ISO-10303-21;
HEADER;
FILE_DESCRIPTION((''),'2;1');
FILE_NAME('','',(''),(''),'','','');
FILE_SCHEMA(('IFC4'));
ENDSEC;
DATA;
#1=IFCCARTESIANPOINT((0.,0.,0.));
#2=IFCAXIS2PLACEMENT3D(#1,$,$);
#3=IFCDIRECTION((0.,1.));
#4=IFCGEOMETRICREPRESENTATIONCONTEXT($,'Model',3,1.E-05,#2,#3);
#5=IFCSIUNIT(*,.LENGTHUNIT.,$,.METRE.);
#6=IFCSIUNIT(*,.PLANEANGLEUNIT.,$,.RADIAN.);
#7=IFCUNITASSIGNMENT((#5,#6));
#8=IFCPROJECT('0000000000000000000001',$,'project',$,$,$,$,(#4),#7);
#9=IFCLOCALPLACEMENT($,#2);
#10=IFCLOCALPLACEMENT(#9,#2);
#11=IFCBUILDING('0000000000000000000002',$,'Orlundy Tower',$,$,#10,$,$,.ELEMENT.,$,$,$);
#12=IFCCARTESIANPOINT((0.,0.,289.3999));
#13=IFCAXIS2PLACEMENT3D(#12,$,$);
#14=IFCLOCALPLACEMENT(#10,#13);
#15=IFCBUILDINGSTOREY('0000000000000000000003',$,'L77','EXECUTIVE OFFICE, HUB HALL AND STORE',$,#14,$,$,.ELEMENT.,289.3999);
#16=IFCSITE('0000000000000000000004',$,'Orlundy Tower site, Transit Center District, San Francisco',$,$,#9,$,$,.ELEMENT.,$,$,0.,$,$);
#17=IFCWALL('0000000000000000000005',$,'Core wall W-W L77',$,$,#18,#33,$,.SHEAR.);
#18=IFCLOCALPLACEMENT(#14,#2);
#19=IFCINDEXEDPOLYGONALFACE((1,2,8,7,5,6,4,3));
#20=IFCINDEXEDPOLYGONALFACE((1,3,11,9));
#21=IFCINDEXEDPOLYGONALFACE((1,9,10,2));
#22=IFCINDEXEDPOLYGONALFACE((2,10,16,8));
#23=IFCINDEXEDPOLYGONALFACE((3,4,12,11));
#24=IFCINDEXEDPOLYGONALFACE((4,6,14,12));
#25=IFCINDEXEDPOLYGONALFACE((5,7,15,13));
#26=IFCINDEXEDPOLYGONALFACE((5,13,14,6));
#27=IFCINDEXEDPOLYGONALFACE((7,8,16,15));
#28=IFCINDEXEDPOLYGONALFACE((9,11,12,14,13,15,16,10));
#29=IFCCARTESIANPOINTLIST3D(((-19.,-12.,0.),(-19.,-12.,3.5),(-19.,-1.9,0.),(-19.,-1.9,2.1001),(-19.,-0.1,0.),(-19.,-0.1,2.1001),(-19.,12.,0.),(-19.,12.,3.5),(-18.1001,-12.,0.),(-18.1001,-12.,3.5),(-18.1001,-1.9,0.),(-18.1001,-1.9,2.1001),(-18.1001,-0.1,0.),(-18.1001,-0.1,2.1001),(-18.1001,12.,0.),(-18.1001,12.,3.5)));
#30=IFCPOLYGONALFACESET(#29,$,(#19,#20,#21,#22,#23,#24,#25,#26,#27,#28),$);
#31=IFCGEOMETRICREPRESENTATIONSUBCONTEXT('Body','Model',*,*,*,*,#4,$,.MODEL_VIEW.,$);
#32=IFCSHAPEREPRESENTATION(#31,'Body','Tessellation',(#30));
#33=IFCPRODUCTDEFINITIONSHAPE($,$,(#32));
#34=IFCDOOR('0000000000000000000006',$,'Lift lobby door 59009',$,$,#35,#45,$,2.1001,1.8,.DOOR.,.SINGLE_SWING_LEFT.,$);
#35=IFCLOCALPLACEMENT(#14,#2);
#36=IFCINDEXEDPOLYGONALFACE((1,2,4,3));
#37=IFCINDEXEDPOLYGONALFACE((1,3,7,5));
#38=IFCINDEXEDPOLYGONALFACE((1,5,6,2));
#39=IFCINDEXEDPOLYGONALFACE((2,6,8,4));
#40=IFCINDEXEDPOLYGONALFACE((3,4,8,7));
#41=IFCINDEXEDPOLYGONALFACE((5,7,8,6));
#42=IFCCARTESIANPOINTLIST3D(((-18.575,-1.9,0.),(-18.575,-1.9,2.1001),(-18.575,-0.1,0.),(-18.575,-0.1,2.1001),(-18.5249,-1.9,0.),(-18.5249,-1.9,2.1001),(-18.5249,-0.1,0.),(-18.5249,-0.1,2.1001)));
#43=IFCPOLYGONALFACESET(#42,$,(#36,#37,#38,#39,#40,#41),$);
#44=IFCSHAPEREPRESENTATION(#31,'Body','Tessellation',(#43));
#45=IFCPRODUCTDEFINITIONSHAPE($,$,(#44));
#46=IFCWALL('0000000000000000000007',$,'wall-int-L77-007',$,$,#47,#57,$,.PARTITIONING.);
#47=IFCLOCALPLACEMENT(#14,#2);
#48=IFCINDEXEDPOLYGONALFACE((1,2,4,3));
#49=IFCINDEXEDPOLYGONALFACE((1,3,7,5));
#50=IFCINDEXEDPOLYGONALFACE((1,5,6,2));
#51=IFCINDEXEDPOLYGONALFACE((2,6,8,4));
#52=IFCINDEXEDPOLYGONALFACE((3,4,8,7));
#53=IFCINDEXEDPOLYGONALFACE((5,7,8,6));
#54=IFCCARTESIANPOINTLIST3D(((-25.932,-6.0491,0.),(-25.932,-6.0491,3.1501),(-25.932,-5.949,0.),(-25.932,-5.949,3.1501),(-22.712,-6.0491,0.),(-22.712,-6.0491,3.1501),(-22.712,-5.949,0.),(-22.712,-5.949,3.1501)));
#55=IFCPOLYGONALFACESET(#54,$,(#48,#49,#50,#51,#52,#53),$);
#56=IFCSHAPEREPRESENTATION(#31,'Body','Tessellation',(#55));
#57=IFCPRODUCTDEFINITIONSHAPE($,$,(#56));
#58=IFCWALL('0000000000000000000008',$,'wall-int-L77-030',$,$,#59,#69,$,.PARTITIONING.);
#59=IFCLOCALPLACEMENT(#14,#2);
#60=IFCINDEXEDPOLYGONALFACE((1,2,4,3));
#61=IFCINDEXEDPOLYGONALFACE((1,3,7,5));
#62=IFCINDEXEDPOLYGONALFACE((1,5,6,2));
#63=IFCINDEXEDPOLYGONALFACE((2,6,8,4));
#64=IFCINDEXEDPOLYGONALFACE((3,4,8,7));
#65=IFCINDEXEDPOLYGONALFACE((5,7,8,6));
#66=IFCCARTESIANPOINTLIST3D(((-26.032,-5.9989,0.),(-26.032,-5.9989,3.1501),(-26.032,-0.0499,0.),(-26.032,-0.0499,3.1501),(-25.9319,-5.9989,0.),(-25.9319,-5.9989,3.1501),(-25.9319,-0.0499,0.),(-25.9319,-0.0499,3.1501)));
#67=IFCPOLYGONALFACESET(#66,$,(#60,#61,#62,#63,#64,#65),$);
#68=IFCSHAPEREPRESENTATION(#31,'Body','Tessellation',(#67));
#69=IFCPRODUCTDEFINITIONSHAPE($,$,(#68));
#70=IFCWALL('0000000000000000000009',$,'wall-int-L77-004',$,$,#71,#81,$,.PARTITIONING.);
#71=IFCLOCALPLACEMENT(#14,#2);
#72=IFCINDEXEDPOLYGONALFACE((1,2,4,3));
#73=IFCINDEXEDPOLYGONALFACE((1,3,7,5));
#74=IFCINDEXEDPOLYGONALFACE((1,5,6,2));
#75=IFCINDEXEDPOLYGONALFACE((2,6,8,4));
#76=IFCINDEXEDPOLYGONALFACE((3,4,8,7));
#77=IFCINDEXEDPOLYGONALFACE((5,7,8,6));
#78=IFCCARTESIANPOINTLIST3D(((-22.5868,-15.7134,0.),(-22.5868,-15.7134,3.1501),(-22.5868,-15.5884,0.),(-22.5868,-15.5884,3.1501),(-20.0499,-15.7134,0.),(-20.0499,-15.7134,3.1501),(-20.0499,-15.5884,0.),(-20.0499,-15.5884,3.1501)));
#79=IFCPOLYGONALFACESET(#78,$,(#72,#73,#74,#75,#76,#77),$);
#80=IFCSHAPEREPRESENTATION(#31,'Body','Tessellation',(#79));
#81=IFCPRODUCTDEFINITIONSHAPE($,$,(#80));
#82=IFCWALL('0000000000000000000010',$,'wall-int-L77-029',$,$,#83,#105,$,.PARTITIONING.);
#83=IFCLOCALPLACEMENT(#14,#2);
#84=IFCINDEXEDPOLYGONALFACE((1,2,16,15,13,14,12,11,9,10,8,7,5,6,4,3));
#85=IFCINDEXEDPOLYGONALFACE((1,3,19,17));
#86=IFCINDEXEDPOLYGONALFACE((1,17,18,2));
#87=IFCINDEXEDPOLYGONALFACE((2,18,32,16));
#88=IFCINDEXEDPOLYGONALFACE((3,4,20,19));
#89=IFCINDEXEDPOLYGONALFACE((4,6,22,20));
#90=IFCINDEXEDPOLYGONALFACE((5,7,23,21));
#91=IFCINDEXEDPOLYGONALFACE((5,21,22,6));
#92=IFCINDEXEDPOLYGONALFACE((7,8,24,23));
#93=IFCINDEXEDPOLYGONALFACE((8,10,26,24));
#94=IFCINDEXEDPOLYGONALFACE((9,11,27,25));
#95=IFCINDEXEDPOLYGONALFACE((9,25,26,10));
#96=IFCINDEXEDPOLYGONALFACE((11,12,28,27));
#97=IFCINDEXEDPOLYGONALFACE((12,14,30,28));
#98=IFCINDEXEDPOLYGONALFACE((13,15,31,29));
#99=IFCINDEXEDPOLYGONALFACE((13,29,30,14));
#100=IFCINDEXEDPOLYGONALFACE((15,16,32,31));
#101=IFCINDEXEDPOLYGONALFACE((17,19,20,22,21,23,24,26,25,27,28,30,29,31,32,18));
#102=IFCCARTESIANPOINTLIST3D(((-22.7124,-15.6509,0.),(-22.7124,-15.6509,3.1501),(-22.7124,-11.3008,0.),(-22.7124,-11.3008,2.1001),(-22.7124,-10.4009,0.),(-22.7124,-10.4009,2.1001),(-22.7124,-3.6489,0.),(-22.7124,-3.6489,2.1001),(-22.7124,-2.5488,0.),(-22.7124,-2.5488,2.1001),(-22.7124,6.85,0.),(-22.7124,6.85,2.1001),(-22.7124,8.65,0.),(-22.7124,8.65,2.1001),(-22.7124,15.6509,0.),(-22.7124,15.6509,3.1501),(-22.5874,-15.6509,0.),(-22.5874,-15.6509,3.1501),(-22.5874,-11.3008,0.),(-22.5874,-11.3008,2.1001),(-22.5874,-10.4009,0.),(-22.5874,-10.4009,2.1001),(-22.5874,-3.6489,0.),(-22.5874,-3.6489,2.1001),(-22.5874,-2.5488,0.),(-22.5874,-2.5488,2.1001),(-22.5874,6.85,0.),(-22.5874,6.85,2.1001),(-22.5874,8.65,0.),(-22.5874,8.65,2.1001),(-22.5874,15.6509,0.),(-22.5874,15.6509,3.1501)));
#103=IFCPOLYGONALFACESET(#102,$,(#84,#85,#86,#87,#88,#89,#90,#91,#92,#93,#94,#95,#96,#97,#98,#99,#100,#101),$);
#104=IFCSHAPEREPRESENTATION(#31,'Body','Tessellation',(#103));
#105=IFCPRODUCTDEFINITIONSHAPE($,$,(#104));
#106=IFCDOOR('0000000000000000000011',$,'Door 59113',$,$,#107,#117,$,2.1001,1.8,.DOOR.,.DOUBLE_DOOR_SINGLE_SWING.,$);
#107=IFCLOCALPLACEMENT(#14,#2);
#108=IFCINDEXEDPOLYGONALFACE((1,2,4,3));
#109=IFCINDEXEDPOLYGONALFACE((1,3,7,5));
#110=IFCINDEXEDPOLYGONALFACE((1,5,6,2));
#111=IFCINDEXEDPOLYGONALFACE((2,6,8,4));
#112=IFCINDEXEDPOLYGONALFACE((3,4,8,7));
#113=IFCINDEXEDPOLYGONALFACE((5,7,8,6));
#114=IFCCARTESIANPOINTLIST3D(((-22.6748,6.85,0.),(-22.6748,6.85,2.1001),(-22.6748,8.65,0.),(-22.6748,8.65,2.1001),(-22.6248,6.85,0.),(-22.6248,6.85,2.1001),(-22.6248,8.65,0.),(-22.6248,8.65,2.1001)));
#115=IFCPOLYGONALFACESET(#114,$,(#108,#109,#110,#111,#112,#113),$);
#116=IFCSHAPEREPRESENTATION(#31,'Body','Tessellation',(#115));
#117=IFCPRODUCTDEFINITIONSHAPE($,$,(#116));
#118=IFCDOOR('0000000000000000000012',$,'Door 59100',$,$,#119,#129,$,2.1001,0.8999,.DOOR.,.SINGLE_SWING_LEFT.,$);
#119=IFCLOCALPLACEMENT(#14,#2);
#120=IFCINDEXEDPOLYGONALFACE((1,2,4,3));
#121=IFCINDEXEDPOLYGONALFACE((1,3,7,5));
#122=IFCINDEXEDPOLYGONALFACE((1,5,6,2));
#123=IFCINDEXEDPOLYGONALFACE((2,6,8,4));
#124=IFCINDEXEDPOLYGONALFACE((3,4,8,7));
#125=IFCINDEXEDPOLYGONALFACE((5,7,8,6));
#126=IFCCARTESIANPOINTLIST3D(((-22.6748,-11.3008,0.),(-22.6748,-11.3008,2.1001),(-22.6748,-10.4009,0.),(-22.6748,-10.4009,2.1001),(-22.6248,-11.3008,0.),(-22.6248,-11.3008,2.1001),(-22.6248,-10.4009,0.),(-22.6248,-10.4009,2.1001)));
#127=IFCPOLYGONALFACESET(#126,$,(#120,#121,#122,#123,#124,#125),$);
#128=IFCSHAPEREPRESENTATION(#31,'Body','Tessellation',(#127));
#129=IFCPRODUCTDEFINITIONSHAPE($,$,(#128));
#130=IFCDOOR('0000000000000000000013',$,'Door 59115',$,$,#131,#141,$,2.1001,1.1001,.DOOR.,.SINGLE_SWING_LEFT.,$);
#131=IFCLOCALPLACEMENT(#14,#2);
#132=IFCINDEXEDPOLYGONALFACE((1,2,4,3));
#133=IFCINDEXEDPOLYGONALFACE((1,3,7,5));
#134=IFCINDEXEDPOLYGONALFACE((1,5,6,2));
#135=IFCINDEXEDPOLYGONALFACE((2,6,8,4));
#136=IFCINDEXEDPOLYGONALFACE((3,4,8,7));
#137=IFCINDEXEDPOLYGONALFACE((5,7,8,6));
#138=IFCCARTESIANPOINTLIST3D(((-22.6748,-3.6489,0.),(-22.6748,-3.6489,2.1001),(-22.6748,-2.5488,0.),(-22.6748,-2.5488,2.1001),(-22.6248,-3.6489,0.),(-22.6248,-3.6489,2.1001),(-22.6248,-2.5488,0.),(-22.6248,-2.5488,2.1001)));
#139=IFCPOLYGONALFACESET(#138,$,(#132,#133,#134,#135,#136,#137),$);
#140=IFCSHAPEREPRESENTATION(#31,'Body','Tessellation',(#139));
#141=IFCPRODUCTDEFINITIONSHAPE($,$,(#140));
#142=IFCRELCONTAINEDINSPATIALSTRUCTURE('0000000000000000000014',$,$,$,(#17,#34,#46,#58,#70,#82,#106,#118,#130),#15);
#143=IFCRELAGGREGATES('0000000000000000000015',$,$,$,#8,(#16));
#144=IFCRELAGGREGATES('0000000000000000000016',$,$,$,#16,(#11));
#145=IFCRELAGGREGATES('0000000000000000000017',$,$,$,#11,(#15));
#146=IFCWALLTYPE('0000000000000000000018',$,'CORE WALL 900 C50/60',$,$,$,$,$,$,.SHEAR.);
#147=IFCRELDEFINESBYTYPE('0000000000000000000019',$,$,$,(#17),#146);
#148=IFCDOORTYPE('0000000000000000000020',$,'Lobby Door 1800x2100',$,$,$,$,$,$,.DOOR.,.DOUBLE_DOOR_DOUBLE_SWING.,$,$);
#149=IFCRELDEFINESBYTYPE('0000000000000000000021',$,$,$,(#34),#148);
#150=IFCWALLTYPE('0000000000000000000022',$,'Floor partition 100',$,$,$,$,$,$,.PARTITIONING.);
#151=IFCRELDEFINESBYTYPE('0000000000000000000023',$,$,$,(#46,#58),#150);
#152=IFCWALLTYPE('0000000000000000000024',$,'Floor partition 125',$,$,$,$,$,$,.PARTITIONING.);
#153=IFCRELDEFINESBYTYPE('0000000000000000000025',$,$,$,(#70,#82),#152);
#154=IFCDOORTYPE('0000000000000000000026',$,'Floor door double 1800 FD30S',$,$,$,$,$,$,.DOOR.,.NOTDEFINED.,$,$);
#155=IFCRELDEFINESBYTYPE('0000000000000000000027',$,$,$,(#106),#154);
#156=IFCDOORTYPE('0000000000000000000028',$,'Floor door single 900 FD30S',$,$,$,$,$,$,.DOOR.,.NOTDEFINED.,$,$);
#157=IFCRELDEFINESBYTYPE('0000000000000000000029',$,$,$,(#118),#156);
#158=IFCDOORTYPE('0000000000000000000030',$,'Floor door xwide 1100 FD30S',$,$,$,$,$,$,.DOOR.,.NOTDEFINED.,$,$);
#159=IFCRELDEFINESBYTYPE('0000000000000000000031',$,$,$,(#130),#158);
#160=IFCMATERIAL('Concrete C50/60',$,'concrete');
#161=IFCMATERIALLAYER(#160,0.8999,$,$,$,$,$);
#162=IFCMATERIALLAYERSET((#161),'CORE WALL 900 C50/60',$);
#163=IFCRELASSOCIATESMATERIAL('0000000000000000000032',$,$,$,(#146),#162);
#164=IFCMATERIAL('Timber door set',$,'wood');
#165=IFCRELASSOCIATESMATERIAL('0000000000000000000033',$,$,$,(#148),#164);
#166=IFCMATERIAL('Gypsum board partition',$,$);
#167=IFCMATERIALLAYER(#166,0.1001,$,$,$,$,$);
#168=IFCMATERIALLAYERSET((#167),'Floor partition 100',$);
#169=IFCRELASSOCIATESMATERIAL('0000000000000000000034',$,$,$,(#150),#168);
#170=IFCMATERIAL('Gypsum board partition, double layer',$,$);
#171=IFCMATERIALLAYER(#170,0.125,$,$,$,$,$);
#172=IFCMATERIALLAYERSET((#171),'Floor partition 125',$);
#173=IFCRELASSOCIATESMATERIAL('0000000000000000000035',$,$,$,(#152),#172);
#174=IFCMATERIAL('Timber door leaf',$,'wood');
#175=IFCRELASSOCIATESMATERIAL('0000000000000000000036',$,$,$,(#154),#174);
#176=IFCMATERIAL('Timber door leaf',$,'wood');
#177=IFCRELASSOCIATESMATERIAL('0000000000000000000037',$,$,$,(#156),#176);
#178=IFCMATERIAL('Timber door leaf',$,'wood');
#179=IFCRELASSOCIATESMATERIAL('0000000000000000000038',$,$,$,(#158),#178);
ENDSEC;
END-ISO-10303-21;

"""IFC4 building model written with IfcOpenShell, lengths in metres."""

from ifc_helpers import new_model, si_unit, direction, frame, frame_2d, origin, place, context, subcontext, project, spatial, rectangle, extrude, material, layer, layer_set, type_object, element, fill, save


model = new_model("IFC4")

# Units and contexts
model_context = context("Model", 3, precision=1e-05, world=origin(), true_north=direction((0.0, 1.0)))
body_context = subcontext(model_context, "Body", "Model", "MODEL_VIEW")
ifc_project = project(units=[si_unit("LENGTHUNIT", "METRE"), si_unit("PLANEANGLEUNIT", "RADIAN")], contexts=[model_context])

# Site, building, storey
site_placement = place(None, origin())
site = spatial("IfcSite", under=ifc_project, at=site_placement, Name="Orlundy Tower site, Transit Center District, San Francisco", CompositionType="ELEMENT", RefElevation=0.0)
building_placement = place(site_placement, origin())
building = spatial("IfcBuilding", under=site, at=building_placement, Name="Orlundy Tower", CompositionType="ELEMENT")
storey_placement = place(building_placement, frame((0.0, 0.0, 289.3999)))
storey = spatial("IfcBuildingStorey", under=building, at=storey_placement, Name="L77", Description="EXECUTIVE OFFICE, HUB HALL AND STORE", CompositionType="ELEMENT", Elevation=289.3999)

# Shared definitions
ifc_material_1 = material(Name="Concrete C50/60", Category="concrete")
ifc_layer_1 = layer(ifc_material_1, 0.8999)
ifc_layer_set_1 = layer_set([ifc_layer_1], Name="CORE WALL 900 C50/60")
wall_type_1 = type_object("IfcWallType", Name="CORE WALL 900 C50/60", PredefinedType="SHEAR", material=ifc_layer_set_1)

# Wall, opening, door
wall_1_placement = place(storey_placement, frame((-18.55, -12.0, 0.0), z_axis=(0.0, 0.0, 1.0), x_axis=(0.0, 1.0, 0.0)))
wall_1 = element("IfcWall", 1, at=wall_1_placement, inside=storey, type_object=wall_type_1, Name="Core wall W-W L77", PredefinedType="SHEAR", context=body_context, shape_type="SweptSolid", body=[
    extrude(rectangle(XDim=24.0, YDim=0.8999, at=frame_2d((12.0, 0.0))), origin(), (0.0, 0.0, 1.0), 3.5),
])
opening_1_placement = place(wall_1_placement, frame((10.1001, 0.0, 0.0)))
opening_1 = element("IfcOpeningElement", 2, at=opening_1_placement, cuts=wall_1, PredefinedType="OPENING", context=body_context, shape_type="SweptSolid", body=[
    extrude(rectangle(XDim=1.8, YDim=2.1001, at=frame_2d((0.8999, 1.05))), frame((0.0, 0.46, 0.0), z_axis=(0.0, -1.0, 0.0), x_axis=(1.0, 0.0, 0.0)), (0.0, 0.0, 1.0), 0.9199),
])
ifc_material_2 = material(Name="Timber door set", Category="wood")
door_type_1 = type_object("IfcDoorType", Name="Lobby Door 1800x2100", OperationType="DOUBLE_DOOR_DOUBLE_SWING", PredefinedType="DOOR", material=ifc_material_2)
door_1_placement = place(opening_1_placement, origin())
door_1 = element("IfcDoor", 3, at=door_1_placement, inside=storey, type_object=door_type_1, Name="Lift lobby door 59009", OperationType="SINGLE_SWING_LEFT", OverallHeight=2.1001, OverallWidth=1.8, PredefinedType="DOOR", context=body_context, shape_type="SweptSolid", body=[
    extrude(rectangle(XDim=1.8, YDim=2.1001, at=frame_2d((0.8999, 1.05))), frame((0.0, 0.0249, 0.0), z_axis=(0.0, -1.0, 0.0), x_axis=(1.0, 0.0, 0.0)), (0.0, 0.0, 1.0), 0.05),
])
fill(opening_1, door_1)

# Walls
ifc_material_3 = material(Name="Gypsum board partition")
ifc_layer_2 = layer(ifc_material_3, 0.1001)
ifc_layer_set_2 = layer_set([ifc_layer_2], Name="Floor partition 100")
wall_type_2 = type_object("IfcWallType", Name="Floor partition 100", PredefinedType="PARTITIONING", material=ifc_layer_set_2)
wall_2_placement = place(storey_placement, frame((-25.9319, -5.999, 0.0), z_axis=(0.0, 0.0, 1.0), x_axis=(1.0, 0.0, 0.0)))
element("IfcWall", 4, at=wall_2_placement, inside=storey, type_object=wall_type_2, Name="wall-int-L77-007", PredefinedType="PARTITIONING", context=body_context, shape_type="SweptSolid", body=[
    extrude(rectangle(XDim=3.22, YDim=0.1001, at=frame_2d((1.6099, 0.0))), origin(), (0.0, 0.0, 1.0), 3.1501),
])
wall_3_placement = place(storey_placement, frame((-25.9819, -5.999, 0.0), z_axis=(0.0, 0.0, 1.0), x_axis=(0.0, 1.0, 0.0)))
element("IfcWall", 5, at=wall_3_placement, inside=storey, type_object=wall_type_2, Name="wall-int-L77-030", PredefinedType="PARTITIONING", context=body_context, shape_type="SweptSolid", body=[
    extrude(rectangle(XDim=5.949, YDim=0.1001, at=frame_2d((2.9746, 0.0))), origin(), (0.0, 0.0, 1.0), 3.1501),
])
ifc_material_4 = material(Name="Gypsum board partition, double layer")
ifc_layer_3 = layer(ifc_material_4, 0.125)
ifc_layer_set_3 = layer_set([ifc_layer_3], Name="Floor partition 125")
wall_type_3 = type_object("IfcWallType", Name="Floor partition 125", PredefinedType="PARTITIONING", material=ifc_layer_set_3)
wall_4_placement = place(storey_placement, frame((-22.5869, -15.6509, 0.0), z_axis=(0.0, 0.0, 1.0), x_axis=(1.0, 0.0, 0.0)))
element("IfcWall", 6, at=wall_4_placement, inside=storey, type_object=wall_type_3, Name="wall-int-L77-004", PredefinedType="PARTITIONING", context=body_context, shape_type="SweptSolid", body=[
    extrude(rectangle(XDim=2.5369, YDim=0.125, at=frame_2d((1.2686, 0.0))), origin(), (0.0, 0.0, 1.0), 3.1501),
])

# Wall, openings, doors
wall_5_placement = place(storey_placement, frame((-22.6499, -15.6509, 0.0), z_axis=(0.0, 0.0, 1.0), x_axis=(0.0, 1.0, 0.0)))
wall_5 = element("IfcWall", 7, at=wall_5_placement, inside=storey, type_object=wall_type_3, Name="wall-int-L77-029", PredefinedType="PARTITIONING", context=body_context, shape_type="SweptSolid", body=[
    extrude(rectangle(XDim=31.3018, YDim=0.125, at=frame_2d((15.6509, 0.0))), origin(), (0.0, 0.0, 1.0), 3.1501),
])
opening_2_placement = place(wall_5_placement, frame((4.3501, 0.0, 0.0)))
opening_2 = element("IfcOpeningElement", 8, at=opening_2_placement, cuts=wall_5, PredefinedType="OPENING", context=body_context, shape_type="SweptSolid", body=[
    extrude(rectangle(XDim=0.8999, YDim=2.1001, at=frame_2d((0.45, 1.05))), frame((0.0, 0.0725, 0.0), z_axis=(0.0, -1.0, 0.0), x_axis=(1.0, 0.0, 0.0)), (0.0, 0.0, 1.0), 0.145),
])
opening_3_placement = place(wall_5_placement, frame((22.501, 0.0, 0.0)))
opening_3 = element("IfcOpeningElement", 9, at=opening_3_placement, cuts=wall_5, PredefinedType="OPENING", context=body_context, shape_type="SweptSolid", body=[
    extrude(rectangle(XDim=1.8, YDim=2.1001, at=frame_2d((0.8999, 1.05))), frame((0.0, 0.0725, 0.0), z_axis=(0.0, -1.0, 0.0), x_axis=(1.0, 0.0, 0.0)), (0.0, 0.0, 1.0), 0.145),
])
opening_4_placement = place(wall_5_placement, frame((12.002, 0.0, 0.0)))
opening_4 = element("IfcOpeningElement", 10, at=opening_4_placement, cuts=wall_5, PredefinedType="OPENING", context=body_context, shape_type="SweptSolid", body=[
    extrude(rectangle(XDim=1.1001, YDim=2.1001, at=frame_2d((0.55, 1.05))), frame((0.0, 0.0725, 0.0), z_axis=(0.0, -1.0, 0.0), x_axis=(1.0, 0.0, 0.0)), (0.0, 0.0, 1.0), 0.145),
])
ifc_material_5 = material(Name="Timber door leaf", Category="wood")
door_type_2 = type_object("IfcDoorType", Name="Floor door double 1800 FD30S", OperationType="NOTDEFINED", PredefinedType="DOOR", material=ifc_material_5)
door_2_placement = place(opening_3_placement, origin())
door_2 = element("IfcDoor", 11, at=door_2_placement, inside=storey, type_object=door_type_2, Name="Door 59113", OperationType="DOUBLE_DOOR_SINGLE_SWING", OverallHeight=2.1001, OverallWidth=1.8, PredefinedType="DOOR", context=body_context, shape_type="SweptSolid", body=[
    extrude(rectangle(XDim=1.8, YDim=2.1001, at=frame_2d((0.8999, 1.05))), frame((0.0, 0.0249, 0.0), z_axis=(0.0, -1.0, 0.0), x_axis=(1.0, 0.0, 0.0)), (0.0, 0.0, 1.0), 0.05),
])
fill(opening_3, door_2)
ifc_material_6 = material(Name="Timber door leaf", Category="wood")
door_type_3 = type_object("IfcDoorType", Name="Floor door single 900 FD30S", OperationType="NOTDEFINED", PredefinedType="DOOR", material=ifc_material_6)
door_3_placement = place(opening_2_placement, origin())
door_3 = element("IfcDoor", 12, at=door_3_placement, inside=storey, type_object=door_type_3, Name="Door 59100", OperationType="SINGLE_SWING_LEFT", OverallHeight=2.1001, OverallWidth=0.8999, PredefinedType="DOOR", context=body_context, shape_type="SweptSolid", body=[
    extrude(rectangle(XDim=0.8999, YDim=2.1001, at=frame_2d((0.45, 1.05))), frame((0.0, 0.0249, 0.0), z_axis=(0.0, -1.0, 0.0), x_axis=(1.0, 0.0, 0.0)), (0.0, 0.0, 1.0), 0.05),
])
fill(opening_2, door_3)
ifc_material_7 = material(Name="Timber door leaf", Category="wood")
door_type_4 = type_object("IfcDoorType", Name="Floor door xwide 1100 FD30S", OperationType="NOTDEFINED", PredefinedType="DOOR", material=ifc_material_7)
door_4_placement = place(opening_4_placement, origin())
door_4 = element("IfcDoor", 13, at=door_4_placement, inside=storey, type_object=door_type_4, Name="Door 59115", OperationType="SINGLE_SWING_LEFT", OverallHeight=2.1001, OverallWidth=1.1001, PredefinedType="DOOR", context=body_context, shape_type="SweptSolid", body=[
    extrude(rectangle(XDim=1.1001, YDim=2.1001, at=frame_2d((0.55, 1.05))), frame((0.0, 0.0249, 0.0), z_axis=(0.0, -1.0, 0.0), x_axis=(1.0, 0.0, 0.0)), (0.0, 0.0, 1.0), 0.05),
])
fill(opening_4, door_4)

save(model, "model.ifc")
